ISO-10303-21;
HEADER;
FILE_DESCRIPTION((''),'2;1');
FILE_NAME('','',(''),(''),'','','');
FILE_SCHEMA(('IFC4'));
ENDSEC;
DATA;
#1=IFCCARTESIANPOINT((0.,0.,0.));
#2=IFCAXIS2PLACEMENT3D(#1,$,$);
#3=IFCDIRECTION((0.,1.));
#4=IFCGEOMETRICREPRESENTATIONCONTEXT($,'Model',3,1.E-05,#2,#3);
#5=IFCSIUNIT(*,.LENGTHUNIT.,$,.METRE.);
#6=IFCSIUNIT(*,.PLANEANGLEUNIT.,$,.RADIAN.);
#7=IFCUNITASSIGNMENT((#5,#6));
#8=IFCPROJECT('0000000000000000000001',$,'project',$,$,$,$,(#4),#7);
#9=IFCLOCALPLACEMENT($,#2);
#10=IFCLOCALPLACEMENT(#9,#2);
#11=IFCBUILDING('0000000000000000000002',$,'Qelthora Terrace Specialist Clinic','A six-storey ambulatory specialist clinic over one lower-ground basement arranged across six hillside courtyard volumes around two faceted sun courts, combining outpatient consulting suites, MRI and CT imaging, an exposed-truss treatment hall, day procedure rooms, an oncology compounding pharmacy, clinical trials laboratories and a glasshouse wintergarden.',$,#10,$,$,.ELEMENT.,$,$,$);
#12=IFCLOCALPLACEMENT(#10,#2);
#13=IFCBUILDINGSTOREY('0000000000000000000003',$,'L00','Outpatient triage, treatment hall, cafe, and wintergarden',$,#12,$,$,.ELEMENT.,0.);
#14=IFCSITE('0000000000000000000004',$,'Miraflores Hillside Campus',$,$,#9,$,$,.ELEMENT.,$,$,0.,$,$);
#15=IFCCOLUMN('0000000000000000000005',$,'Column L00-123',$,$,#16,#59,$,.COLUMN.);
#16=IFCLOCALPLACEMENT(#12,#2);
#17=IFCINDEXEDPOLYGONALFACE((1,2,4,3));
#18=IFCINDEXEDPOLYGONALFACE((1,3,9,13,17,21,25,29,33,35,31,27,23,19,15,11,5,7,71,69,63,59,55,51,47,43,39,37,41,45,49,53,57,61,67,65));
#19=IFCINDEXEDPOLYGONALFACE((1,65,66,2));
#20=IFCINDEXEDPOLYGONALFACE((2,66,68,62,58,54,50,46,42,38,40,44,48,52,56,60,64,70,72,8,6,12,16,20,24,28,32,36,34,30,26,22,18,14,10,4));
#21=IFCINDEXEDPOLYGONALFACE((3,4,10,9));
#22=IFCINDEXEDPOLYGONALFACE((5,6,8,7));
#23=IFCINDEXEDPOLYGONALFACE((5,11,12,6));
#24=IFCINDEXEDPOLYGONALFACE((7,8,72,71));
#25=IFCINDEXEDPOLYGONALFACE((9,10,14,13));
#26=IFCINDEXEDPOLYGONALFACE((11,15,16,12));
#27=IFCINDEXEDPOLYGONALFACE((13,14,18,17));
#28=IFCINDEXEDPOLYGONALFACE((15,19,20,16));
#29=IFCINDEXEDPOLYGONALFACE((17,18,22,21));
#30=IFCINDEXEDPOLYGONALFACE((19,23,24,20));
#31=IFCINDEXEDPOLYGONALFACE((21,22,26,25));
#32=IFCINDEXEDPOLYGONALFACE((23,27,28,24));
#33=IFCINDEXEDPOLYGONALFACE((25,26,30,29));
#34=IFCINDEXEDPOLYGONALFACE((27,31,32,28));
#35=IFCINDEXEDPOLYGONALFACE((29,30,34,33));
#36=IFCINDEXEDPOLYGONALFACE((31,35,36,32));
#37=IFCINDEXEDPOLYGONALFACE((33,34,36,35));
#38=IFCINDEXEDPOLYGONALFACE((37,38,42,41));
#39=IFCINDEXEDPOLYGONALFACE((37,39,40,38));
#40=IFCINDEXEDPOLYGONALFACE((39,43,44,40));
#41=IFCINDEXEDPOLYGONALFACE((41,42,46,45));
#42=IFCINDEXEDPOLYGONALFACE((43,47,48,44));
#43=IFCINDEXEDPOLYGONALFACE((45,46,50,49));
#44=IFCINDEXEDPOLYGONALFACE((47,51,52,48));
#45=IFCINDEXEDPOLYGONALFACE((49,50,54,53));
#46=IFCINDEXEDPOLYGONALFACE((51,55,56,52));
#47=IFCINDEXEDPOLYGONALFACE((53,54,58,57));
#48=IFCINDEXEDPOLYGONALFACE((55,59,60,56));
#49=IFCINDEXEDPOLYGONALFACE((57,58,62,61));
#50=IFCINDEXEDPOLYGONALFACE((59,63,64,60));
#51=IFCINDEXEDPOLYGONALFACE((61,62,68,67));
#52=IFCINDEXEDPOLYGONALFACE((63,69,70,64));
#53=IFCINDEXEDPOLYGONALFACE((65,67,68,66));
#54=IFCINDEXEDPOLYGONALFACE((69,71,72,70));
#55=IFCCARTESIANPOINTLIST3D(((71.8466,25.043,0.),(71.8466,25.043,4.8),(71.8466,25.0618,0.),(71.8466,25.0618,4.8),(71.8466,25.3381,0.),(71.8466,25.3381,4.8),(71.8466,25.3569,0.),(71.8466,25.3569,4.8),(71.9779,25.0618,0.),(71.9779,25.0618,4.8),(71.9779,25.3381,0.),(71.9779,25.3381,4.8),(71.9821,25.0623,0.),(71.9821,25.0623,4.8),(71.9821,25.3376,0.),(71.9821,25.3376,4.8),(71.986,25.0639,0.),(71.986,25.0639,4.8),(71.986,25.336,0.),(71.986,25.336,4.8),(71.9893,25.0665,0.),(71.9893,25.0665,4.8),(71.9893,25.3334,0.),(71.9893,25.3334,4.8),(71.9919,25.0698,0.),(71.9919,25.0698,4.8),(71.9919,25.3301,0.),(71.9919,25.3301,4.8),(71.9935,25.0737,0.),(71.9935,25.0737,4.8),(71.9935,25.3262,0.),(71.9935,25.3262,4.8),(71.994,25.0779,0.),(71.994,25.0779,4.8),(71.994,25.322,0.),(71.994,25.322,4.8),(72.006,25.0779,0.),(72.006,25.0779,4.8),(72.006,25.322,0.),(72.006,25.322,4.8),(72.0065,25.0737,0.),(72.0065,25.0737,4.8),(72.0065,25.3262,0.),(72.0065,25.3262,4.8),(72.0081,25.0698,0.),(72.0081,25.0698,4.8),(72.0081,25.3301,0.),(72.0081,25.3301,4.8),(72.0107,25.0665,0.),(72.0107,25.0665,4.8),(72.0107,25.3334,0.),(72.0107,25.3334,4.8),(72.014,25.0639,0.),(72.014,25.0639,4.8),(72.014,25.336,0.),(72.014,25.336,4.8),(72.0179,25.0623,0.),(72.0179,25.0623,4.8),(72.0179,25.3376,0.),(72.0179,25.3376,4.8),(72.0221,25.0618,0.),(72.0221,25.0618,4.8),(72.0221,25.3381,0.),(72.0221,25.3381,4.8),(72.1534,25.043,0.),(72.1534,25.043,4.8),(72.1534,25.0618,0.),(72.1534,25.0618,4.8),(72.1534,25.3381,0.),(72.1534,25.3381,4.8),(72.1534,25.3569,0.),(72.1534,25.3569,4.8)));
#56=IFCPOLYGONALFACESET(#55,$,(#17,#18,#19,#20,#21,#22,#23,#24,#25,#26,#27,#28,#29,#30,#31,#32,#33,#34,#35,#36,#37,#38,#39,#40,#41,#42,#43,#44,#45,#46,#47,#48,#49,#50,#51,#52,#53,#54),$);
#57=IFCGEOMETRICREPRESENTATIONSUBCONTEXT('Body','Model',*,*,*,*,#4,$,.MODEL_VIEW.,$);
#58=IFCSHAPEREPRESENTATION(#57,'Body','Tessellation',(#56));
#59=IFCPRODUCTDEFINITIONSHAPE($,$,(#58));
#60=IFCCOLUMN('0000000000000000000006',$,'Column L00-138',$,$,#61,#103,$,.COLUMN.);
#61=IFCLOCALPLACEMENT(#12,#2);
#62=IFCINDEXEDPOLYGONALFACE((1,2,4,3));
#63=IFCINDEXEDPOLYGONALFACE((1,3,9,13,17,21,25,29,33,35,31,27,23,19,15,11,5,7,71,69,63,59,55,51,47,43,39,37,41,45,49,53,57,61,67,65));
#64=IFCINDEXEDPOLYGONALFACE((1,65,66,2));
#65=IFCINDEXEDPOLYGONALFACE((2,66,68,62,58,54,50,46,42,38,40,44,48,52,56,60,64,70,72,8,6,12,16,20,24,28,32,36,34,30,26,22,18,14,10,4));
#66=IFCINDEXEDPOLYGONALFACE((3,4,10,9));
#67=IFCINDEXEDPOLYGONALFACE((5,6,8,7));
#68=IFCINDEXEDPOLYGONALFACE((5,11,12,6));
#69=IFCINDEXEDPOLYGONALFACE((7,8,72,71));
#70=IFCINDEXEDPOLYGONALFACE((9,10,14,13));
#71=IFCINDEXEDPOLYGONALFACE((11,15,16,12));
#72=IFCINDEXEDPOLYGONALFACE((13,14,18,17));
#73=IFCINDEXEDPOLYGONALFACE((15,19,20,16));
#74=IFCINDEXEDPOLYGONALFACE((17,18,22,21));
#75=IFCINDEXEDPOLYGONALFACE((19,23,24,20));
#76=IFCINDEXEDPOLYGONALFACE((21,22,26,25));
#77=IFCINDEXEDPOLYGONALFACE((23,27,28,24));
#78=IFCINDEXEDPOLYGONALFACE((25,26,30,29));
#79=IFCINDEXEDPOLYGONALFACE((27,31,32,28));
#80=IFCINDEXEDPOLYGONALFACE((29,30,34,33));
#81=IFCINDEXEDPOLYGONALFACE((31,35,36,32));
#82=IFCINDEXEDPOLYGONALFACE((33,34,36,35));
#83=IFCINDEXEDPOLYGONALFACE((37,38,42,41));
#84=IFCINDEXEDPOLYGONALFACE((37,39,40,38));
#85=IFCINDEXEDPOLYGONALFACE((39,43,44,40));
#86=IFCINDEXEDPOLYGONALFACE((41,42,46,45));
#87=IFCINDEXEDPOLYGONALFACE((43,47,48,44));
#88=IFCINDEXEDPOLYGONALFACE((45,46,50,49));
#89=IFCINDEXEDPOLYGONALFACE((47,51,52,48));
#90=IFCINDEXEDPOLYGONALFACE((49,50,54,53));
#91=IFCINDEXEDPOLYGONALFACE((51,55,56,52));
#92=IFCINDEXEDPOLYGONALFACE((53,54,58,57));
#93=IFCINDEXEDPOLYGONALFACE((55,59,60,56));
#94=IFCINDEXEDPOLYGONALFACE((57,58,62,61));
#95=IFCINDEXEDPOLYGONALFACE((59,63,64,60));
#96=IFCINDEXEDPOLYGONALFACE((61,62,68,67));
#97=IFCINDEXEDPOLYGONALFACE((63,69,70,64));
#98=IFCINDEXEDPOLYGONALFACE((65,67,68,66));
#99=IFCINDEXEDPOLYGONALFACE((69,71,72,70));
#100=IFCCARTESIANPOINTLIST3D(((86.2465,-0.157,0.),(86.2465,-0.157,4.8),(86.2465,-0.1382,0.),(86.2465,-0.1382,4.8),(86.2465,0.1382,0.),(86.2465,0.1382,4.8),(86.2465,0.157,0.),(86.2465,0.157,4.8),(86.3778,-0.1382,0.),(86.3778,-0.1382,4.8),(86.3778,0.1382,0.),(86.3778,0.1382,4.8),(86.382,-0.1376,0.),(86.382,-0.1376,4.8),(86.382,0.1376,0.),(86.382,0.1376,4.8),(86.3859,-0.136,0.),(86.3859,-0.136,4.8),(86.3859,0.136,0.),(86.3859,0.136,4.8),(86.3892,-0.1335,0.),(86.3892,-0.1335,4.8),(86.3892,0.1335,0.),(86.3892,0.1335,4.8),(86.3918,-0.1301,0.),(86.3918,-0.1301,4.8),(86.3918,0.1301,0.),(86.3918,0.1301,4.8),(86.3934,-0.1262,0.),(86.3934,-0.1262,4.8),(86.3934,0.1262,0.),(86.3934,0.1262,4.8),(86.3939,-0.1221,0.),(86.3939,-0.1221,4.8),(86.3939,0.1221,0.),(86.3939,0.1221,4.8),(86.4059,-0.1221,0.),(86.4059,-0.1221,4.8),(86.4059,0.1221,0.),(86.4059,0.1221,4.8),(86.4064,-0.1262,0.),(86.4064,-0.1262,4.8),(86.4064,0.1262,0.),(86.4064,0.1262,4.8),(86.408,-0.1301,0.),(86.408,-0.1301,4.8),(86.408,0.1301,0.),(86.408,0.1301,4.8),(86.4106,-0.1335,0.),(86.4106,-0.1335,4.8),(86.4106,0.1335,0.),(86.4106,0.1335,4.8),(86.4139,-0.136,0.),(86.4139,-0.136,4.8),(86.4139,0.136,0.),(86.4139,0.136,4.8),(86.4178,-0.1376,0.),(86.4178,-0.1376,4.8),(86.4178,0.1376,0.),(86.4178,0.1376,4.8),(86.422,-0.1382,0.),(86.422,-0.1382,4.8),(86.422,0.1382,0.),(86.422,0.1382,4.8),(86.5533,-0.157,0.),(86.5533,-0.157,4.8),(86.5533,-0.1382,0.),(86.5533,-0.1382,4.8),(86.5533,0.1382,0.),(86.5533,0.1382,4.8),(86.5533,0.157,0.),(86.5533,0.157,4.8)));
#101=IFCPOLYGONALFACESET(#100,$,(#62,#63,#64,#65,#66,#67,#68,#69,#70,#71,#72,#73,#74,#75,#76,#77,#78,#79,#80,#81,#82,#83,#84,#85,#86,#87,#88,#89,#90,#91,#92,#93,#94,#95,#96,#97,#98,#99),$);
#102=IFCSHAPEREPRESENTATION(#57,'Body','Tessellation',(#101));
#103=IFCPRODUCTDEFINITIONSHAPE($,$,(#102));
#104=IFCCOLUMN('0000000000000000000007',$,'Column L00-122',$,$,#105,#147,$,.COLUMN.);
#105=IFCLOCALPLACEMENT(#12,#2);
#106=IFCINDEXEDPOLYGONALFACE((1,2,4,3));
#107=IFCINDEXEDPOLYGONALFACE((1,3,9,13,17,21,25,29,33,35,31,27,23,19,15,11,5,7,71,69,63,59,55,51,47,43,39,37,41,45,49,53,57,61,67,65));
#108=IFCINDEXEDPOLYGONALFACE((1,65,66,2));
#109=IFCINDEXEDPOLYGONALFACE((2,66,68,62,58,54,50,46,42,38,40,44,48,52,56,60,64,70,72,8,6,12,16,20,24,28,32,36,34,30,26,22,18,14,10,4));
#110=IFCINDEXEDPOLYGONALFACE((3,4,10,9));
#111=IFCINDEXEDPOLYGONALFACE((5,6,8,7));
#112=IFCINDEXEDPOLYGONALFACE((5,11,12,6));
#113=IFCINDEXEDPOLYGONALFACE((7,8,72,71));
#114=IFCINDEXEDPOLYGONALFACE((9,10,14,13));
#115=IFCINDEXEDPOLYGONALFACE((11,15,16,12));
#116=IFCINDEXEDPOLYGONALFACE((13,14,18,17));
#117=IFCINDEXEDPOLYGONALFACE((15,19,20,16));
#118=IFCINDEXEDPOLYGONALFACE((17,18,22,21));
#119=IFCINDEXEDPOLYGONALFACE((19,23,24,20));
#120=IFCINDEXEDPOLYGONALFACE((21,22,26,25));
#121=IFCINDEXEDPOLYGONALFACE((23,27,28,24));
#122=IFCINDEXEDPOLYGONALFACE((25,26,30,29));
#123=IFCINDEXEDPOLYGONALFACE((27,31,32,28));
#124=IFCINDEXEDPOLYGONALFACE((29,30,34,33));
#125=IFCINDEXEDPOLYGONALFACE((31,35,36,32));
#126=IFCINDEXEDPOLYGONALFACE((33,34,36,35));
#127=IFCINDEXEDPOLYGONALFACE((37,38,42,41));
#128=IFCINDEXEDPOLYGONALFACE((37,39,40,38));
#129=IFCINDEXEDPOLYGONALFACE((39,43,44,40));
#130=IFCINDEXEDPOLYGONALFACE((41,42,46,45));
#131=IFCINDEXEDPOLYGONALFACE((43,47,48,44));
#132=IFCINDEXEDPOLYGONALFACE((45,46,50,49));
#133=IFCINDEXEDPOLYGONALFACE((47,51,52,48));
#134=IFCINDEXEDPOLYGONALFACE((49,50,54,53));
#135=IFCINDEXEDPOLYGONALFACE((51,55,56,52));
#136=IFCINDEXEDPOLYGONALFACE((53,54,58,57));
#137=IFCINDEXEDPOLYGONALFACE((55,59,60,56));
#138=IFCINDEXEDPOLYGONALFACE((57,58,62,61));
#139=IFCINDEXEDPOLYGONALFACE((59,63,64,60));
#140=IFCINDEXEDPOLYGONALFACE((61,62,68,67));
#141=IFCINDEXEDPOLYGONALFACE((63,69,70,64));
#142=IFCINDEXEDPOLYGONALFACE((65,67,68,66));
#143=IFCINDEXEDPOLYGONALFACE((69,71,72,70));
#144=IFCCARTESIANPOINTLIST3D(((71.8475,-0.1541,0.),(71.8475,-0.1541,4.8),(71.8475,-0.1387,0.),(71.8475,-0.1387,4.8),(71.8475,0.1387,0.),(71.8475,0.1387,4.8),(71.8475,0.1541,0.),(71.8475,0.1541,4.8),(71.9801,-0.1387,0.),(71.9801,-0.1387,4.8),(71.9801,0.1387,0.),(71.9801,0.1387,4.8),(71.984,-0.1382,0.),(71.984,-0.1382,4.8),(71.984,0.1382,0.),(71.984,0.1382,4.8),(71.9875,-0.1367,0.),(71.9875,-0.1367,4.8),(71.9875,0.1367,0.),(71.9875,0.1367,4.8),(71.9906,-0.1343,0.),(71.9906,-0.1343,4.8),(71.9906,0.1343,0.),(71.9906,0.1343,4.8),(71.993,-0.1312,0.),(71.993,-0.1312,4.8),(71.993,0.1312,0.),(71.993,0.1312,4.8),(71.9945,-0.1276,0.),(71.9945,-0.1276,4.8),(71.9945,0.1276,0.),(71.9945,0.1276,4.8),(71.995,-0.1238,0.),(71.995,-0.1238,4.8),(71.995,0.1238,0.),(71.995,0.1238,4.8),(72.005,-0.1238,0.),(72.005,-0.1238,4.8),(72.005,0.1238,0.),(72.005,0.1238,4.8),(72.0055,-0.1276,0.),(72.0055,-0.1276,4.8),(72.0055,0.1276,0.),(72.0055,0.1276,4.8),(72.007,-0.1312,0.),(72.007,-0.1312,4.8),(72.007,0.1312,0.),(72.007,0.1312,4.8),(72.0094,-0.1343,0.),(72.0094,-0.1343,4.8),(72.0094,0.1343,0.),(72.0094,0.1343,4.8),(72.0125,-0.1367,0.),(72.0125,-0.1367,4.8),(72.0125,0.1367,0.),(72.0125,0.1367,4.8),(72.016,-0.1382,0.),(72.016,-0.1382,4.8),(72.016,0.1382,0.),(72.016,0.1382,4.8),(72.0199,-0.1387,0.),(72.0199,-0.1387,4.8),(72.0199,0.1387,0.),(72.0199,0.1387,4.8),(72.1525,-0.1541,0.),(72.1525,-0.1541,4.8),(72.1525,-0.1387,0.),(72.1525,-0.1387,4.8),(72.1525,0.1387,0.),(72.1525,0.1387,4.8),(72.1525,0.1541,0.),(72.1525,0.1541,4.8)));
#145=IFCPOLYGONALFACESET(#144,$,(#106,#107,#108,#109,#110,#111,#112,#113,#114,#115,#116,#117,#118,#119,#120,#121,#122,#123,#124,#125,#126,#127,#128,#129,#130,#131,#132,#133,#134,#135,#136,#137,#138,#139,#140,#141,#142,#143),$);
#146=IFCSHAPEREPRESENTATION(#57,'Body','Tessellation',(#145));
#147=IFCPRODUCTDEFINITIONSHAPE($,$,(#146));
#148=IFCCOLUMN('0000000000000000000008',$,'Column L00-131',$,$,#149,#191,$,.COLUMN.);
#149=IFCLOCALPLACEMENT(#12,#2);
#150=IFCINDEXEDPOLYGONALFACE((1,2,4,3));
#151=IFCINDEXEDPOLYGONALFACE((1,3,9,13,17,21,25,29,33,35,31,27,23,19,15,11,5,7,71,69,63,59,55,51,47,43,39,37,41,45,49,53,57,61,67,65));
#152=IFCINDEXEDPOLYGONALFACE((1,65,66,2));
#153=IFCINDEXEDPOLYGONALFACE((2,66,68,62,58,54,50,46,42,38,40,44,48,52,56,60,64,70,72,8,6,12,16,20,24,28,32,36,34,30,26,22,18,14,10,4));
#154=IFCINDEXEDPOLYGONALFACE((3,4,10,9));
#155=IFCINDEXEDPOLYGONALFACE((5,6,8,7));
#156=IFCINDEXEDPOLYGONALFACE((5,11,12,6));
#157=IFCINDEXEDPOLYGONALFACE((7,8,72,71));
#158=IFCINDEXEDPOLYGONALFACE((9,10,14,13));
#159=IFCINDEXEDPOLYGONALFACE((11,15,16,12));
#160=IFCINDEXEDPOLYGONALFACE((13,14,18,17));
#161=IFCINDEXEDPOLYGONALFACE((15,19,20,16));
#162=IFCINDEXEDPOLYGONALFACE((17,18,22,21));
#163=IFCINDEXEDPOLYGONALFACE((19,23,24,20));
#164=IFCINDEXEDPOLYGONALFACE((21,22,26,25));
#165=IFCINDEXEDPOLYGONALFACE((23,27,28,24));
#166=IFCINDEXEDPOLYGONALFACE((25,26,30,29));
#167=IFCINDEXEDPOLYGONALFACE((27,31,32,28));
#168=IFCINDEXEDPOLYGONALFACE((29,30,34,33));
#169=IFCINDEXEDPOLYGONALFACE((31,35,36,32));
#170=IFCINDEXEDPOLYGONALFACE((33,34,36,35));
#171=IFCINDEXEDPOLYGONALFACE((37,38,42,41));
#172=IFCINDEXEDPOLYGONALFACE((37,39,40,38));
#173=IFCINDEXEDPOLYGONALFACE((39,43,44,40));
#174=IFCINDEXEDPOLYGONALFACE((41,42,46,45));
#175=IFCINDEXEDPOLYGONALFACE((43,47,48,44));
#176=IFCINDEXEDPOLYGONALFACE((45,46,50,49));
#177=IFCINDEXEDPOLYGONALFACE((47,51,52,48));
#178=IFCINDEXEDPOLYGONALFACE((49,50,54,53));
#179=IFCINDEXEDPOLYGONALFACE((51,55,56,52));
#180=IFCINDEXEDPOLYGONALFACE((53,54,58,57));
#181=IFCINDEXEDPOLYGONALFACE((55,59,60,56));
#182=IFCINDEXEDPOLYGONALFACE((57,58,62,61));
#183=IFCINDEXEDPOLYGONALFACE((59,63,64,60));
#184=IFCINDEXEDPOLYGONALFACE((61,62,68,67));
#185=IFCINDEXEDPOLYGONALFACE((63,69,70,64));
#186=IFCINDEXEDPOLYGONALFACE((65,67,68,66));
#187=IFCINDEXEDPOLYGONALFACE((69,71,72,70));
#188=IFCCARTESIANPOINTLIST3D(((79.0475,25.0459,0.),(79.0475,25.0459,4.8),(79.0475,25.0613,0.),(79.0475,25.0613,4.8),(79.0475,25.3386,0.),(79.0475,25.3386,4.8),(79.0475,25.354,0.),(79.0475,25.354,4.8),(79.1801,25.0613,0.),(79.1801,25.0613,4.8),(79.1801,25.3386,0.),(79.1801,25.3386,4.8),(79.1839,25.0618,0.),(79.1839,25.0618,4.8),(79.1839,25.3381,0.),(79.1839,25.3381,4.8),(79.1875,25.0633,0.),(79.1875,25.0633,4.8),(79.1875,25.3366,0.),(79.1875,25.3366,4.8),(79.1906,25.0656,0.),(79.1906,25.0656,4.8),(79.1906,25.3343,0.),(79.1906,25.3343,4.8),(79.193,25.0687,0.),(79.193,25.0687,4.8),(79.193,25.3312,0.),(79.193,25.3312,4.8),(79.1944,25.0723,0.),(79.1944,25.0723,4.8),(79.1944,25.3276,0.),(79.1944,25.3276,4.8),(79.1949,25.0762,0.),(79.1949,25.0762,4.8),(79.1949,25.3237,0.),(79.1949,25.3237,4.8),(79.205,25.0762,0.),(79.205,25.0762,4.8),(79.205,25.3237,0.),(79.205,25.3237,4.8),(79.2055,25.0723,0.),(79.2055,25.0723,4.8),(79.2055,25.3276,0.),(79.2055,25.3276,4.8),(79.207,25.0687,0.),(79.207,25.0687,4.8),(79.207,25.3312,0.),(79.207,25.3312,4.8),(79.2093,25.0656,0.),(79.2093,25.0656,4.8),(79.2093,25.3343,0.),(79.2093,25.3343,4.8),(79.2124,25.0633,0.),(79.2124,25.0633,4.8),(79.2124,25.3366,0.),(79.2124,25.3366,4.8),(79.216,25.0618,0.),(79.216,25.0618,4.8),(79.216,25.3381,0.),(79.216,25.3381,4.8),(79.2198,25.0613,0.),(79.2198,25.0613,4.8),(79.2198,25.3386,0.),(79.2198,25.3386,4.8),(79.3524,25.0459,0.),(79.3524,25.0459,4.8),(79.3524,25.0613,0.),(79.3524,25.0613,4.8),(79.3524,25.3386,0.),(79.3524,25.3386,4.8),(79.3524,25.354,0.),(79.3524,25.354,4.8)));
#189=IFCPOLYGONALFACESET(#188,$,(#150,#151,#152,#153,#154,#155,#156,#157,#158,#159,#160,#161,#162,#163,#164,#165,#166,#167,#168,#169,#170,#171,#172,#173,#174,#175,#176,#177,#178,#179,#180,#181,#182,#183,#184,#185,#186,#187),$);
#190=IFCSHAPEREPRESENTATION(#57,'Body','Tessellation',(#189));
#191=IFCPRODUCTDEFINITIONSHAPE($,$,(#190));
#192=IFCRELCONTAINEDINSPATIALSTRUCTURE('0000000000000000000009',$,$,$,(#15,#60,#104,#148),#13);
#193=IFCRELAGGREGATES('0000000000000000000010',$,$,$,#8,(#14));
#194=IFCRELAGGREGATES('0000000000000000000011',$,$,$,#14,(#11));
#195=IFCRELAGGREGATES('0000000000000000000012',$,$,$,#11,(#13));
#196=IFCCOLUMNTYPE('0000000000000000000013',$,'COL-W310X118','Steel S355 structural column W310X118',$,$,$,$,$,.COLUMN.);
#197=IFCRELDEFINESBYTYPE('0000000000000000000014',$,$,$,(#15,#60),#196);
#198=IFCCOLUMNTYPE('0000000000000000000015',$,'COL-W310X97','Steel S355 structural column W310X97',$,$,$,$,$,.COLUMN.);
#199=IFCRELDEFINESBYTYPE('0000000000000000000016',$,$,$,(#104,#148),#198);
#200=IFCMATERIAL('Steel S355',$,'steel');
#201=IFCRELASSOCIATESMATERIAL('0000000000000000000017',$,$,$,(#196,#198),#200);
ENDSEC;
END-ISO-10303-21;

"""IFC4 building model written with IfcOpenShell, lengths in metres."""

from ifc_helpers import new_model, si_unit, direction, frame, origin, origin_2d, place, context, subcontext, project, spatial, i_section, extrude, material, material_profile, profile_set, type_object, element, save


model = new_model("IFC4")

# Units and contexts
model_context = context("Model", 3, precision=1e-05, world=origin(), true_north=direction((0.0, 1.0)))
body_context = subcontext(model_context, "Body", "Model", "MODEL_VIEW")
ifc_project = project(units=[si_unit("LENGTHUNIT", "METRE"), si_unit("PLANEANGLEUNIT", "RADIAN")], contexts=[model_context])

# Site, building, storey
site_placement = place(None, origin())
site = spatial("IfcSite", under=ifc_project, at=site_placement, Name="Miraflores Hillside Campus", CompositionType="ELEMENT", RefElevation=0.0)
building_placement = place(site_placement, origin())
building = spatial("IfcBuilding", under=site, at=building_placement, Name="Qelthora Terrace Specialist Clinic", Description="A six-storey ambulatory specialist clinic over one lower-ground basement arranged across six hillside courtyard volumes around two faceted sun courts, combining outpatient consulting suites, MRI and CT imaging, an exposed-truss treatment hall, day procedure rooms, an oncology compounding pharmacy, clinical trials laboratories and a glasshouse wintergarden.", CompositionType="ELEMENT")
storey_placement = place(building_placement, origin())
storey = spatial("IfcBuildingStorey", under=building, at=storey_placement, Name="L00", Description="Outpatient triage, treatment hall, cafe, and wintergarden", CompositionType="ELEMENT", Elevation=0.0)

# Columns
ifc_material_1 = material(Name="Steel S355", Category="steel")
ifc_material_profile_1 = material_profile(ifc_material_1, i_section(OverallWidth=0.3069, OverallDepth=0.314, WebThickness=0.012, FlangeThickness=0.0188, FilletRadius=0.0161, at=origin_2d()), Name="W310X118")
ifc_profile_set_1 = profile_set([ifc_material_profile_1], Name="Steel S355")
column_type_1 = type_object("IfcColumnType", Name="COL-W310X118", Description="Steel S355 structural column W310X118", PredefinedType="COLUMN", material=ifc_profile_set_1)
for number, where, z_axis, x_axis, name in (
    (1, (72.0, 25.2, 0.0), (0.0, 0.0, 1.0), (1.0, 0.0, 0.0), "Column L00-123"),
    (2, (86.3999, 0.0, 0.0), (0.0, 0.0, 1.0), (1.0, 0.0, 0.0), "Column L00-138"),
):
    element("IfcColumn", number, at=place(storey_placement, frame(where, z_axis=z_axis, x_axis=x_axis)), inside=storey, type_object=column_type_1, Name=name, PredefinedType="COLUMN", context=body_context, shape_type="SweptSolid", body=[
        extrude(i_section(OverallWidth=0.3069, OverallDepth=0.314, WebThickness=0.012, FlangeThickness=0.0188, FilletRadius=0.0161, at=origin_2d()), origin(), (0.0, 0.0, 1.0), 4.8),
    ])
ifc_material_profile_2 = material_profile(ifc_material_1, i_section(OverallWidth=0.3049, OverallDepth=0.3081, WebThickness=0.01, FlangeThickness=0.0154, FilletRadius=0.0149, at=origin_2d()), Name="W310X97")
ifc_profile_set_2 = profile_set([ifc_material_profile_2], Name="Steel S355")
column_type_2 = type_object("IfcColumnType", Name="COL-W310X97", Description="Steel S355 structural column W310X97", PredefinedType="COLUMN", material=ifc_profile_set_2)
for number, where, z_axis, x_axis, name in (
    (3, (72.0, 0.0, 0.0), (0.0, 0.0, 1.0), (1.0, 0.0, 0.0), "Column L00-122"),
    (4, (79.2, 25.2, 0.0), (0.0, 0.0, 1.0), (1.0, 0.0, 0.0), "Column L00-131"),
):
    element("IfcColumn", number, at=place(storey_placement, frame(where, z_axis=z_axis, x_axis=x_axis)), inside=storey, type_object=column_type_2, Name=name, PredefinedType="COLUMN", context=body_context, shape_type="SweptSolid", body=[
        extrude(i_section(OverallWidth=0.3049, OverallDepth=0.3081, WebThickness=0.01, FlangeThickness=0.0154, FilletRadius=0.0149, at=origin_2d()), origin(), (0.0, 0.0, 1.0), 4.8),
    ])

save(model, "model.ifc")
